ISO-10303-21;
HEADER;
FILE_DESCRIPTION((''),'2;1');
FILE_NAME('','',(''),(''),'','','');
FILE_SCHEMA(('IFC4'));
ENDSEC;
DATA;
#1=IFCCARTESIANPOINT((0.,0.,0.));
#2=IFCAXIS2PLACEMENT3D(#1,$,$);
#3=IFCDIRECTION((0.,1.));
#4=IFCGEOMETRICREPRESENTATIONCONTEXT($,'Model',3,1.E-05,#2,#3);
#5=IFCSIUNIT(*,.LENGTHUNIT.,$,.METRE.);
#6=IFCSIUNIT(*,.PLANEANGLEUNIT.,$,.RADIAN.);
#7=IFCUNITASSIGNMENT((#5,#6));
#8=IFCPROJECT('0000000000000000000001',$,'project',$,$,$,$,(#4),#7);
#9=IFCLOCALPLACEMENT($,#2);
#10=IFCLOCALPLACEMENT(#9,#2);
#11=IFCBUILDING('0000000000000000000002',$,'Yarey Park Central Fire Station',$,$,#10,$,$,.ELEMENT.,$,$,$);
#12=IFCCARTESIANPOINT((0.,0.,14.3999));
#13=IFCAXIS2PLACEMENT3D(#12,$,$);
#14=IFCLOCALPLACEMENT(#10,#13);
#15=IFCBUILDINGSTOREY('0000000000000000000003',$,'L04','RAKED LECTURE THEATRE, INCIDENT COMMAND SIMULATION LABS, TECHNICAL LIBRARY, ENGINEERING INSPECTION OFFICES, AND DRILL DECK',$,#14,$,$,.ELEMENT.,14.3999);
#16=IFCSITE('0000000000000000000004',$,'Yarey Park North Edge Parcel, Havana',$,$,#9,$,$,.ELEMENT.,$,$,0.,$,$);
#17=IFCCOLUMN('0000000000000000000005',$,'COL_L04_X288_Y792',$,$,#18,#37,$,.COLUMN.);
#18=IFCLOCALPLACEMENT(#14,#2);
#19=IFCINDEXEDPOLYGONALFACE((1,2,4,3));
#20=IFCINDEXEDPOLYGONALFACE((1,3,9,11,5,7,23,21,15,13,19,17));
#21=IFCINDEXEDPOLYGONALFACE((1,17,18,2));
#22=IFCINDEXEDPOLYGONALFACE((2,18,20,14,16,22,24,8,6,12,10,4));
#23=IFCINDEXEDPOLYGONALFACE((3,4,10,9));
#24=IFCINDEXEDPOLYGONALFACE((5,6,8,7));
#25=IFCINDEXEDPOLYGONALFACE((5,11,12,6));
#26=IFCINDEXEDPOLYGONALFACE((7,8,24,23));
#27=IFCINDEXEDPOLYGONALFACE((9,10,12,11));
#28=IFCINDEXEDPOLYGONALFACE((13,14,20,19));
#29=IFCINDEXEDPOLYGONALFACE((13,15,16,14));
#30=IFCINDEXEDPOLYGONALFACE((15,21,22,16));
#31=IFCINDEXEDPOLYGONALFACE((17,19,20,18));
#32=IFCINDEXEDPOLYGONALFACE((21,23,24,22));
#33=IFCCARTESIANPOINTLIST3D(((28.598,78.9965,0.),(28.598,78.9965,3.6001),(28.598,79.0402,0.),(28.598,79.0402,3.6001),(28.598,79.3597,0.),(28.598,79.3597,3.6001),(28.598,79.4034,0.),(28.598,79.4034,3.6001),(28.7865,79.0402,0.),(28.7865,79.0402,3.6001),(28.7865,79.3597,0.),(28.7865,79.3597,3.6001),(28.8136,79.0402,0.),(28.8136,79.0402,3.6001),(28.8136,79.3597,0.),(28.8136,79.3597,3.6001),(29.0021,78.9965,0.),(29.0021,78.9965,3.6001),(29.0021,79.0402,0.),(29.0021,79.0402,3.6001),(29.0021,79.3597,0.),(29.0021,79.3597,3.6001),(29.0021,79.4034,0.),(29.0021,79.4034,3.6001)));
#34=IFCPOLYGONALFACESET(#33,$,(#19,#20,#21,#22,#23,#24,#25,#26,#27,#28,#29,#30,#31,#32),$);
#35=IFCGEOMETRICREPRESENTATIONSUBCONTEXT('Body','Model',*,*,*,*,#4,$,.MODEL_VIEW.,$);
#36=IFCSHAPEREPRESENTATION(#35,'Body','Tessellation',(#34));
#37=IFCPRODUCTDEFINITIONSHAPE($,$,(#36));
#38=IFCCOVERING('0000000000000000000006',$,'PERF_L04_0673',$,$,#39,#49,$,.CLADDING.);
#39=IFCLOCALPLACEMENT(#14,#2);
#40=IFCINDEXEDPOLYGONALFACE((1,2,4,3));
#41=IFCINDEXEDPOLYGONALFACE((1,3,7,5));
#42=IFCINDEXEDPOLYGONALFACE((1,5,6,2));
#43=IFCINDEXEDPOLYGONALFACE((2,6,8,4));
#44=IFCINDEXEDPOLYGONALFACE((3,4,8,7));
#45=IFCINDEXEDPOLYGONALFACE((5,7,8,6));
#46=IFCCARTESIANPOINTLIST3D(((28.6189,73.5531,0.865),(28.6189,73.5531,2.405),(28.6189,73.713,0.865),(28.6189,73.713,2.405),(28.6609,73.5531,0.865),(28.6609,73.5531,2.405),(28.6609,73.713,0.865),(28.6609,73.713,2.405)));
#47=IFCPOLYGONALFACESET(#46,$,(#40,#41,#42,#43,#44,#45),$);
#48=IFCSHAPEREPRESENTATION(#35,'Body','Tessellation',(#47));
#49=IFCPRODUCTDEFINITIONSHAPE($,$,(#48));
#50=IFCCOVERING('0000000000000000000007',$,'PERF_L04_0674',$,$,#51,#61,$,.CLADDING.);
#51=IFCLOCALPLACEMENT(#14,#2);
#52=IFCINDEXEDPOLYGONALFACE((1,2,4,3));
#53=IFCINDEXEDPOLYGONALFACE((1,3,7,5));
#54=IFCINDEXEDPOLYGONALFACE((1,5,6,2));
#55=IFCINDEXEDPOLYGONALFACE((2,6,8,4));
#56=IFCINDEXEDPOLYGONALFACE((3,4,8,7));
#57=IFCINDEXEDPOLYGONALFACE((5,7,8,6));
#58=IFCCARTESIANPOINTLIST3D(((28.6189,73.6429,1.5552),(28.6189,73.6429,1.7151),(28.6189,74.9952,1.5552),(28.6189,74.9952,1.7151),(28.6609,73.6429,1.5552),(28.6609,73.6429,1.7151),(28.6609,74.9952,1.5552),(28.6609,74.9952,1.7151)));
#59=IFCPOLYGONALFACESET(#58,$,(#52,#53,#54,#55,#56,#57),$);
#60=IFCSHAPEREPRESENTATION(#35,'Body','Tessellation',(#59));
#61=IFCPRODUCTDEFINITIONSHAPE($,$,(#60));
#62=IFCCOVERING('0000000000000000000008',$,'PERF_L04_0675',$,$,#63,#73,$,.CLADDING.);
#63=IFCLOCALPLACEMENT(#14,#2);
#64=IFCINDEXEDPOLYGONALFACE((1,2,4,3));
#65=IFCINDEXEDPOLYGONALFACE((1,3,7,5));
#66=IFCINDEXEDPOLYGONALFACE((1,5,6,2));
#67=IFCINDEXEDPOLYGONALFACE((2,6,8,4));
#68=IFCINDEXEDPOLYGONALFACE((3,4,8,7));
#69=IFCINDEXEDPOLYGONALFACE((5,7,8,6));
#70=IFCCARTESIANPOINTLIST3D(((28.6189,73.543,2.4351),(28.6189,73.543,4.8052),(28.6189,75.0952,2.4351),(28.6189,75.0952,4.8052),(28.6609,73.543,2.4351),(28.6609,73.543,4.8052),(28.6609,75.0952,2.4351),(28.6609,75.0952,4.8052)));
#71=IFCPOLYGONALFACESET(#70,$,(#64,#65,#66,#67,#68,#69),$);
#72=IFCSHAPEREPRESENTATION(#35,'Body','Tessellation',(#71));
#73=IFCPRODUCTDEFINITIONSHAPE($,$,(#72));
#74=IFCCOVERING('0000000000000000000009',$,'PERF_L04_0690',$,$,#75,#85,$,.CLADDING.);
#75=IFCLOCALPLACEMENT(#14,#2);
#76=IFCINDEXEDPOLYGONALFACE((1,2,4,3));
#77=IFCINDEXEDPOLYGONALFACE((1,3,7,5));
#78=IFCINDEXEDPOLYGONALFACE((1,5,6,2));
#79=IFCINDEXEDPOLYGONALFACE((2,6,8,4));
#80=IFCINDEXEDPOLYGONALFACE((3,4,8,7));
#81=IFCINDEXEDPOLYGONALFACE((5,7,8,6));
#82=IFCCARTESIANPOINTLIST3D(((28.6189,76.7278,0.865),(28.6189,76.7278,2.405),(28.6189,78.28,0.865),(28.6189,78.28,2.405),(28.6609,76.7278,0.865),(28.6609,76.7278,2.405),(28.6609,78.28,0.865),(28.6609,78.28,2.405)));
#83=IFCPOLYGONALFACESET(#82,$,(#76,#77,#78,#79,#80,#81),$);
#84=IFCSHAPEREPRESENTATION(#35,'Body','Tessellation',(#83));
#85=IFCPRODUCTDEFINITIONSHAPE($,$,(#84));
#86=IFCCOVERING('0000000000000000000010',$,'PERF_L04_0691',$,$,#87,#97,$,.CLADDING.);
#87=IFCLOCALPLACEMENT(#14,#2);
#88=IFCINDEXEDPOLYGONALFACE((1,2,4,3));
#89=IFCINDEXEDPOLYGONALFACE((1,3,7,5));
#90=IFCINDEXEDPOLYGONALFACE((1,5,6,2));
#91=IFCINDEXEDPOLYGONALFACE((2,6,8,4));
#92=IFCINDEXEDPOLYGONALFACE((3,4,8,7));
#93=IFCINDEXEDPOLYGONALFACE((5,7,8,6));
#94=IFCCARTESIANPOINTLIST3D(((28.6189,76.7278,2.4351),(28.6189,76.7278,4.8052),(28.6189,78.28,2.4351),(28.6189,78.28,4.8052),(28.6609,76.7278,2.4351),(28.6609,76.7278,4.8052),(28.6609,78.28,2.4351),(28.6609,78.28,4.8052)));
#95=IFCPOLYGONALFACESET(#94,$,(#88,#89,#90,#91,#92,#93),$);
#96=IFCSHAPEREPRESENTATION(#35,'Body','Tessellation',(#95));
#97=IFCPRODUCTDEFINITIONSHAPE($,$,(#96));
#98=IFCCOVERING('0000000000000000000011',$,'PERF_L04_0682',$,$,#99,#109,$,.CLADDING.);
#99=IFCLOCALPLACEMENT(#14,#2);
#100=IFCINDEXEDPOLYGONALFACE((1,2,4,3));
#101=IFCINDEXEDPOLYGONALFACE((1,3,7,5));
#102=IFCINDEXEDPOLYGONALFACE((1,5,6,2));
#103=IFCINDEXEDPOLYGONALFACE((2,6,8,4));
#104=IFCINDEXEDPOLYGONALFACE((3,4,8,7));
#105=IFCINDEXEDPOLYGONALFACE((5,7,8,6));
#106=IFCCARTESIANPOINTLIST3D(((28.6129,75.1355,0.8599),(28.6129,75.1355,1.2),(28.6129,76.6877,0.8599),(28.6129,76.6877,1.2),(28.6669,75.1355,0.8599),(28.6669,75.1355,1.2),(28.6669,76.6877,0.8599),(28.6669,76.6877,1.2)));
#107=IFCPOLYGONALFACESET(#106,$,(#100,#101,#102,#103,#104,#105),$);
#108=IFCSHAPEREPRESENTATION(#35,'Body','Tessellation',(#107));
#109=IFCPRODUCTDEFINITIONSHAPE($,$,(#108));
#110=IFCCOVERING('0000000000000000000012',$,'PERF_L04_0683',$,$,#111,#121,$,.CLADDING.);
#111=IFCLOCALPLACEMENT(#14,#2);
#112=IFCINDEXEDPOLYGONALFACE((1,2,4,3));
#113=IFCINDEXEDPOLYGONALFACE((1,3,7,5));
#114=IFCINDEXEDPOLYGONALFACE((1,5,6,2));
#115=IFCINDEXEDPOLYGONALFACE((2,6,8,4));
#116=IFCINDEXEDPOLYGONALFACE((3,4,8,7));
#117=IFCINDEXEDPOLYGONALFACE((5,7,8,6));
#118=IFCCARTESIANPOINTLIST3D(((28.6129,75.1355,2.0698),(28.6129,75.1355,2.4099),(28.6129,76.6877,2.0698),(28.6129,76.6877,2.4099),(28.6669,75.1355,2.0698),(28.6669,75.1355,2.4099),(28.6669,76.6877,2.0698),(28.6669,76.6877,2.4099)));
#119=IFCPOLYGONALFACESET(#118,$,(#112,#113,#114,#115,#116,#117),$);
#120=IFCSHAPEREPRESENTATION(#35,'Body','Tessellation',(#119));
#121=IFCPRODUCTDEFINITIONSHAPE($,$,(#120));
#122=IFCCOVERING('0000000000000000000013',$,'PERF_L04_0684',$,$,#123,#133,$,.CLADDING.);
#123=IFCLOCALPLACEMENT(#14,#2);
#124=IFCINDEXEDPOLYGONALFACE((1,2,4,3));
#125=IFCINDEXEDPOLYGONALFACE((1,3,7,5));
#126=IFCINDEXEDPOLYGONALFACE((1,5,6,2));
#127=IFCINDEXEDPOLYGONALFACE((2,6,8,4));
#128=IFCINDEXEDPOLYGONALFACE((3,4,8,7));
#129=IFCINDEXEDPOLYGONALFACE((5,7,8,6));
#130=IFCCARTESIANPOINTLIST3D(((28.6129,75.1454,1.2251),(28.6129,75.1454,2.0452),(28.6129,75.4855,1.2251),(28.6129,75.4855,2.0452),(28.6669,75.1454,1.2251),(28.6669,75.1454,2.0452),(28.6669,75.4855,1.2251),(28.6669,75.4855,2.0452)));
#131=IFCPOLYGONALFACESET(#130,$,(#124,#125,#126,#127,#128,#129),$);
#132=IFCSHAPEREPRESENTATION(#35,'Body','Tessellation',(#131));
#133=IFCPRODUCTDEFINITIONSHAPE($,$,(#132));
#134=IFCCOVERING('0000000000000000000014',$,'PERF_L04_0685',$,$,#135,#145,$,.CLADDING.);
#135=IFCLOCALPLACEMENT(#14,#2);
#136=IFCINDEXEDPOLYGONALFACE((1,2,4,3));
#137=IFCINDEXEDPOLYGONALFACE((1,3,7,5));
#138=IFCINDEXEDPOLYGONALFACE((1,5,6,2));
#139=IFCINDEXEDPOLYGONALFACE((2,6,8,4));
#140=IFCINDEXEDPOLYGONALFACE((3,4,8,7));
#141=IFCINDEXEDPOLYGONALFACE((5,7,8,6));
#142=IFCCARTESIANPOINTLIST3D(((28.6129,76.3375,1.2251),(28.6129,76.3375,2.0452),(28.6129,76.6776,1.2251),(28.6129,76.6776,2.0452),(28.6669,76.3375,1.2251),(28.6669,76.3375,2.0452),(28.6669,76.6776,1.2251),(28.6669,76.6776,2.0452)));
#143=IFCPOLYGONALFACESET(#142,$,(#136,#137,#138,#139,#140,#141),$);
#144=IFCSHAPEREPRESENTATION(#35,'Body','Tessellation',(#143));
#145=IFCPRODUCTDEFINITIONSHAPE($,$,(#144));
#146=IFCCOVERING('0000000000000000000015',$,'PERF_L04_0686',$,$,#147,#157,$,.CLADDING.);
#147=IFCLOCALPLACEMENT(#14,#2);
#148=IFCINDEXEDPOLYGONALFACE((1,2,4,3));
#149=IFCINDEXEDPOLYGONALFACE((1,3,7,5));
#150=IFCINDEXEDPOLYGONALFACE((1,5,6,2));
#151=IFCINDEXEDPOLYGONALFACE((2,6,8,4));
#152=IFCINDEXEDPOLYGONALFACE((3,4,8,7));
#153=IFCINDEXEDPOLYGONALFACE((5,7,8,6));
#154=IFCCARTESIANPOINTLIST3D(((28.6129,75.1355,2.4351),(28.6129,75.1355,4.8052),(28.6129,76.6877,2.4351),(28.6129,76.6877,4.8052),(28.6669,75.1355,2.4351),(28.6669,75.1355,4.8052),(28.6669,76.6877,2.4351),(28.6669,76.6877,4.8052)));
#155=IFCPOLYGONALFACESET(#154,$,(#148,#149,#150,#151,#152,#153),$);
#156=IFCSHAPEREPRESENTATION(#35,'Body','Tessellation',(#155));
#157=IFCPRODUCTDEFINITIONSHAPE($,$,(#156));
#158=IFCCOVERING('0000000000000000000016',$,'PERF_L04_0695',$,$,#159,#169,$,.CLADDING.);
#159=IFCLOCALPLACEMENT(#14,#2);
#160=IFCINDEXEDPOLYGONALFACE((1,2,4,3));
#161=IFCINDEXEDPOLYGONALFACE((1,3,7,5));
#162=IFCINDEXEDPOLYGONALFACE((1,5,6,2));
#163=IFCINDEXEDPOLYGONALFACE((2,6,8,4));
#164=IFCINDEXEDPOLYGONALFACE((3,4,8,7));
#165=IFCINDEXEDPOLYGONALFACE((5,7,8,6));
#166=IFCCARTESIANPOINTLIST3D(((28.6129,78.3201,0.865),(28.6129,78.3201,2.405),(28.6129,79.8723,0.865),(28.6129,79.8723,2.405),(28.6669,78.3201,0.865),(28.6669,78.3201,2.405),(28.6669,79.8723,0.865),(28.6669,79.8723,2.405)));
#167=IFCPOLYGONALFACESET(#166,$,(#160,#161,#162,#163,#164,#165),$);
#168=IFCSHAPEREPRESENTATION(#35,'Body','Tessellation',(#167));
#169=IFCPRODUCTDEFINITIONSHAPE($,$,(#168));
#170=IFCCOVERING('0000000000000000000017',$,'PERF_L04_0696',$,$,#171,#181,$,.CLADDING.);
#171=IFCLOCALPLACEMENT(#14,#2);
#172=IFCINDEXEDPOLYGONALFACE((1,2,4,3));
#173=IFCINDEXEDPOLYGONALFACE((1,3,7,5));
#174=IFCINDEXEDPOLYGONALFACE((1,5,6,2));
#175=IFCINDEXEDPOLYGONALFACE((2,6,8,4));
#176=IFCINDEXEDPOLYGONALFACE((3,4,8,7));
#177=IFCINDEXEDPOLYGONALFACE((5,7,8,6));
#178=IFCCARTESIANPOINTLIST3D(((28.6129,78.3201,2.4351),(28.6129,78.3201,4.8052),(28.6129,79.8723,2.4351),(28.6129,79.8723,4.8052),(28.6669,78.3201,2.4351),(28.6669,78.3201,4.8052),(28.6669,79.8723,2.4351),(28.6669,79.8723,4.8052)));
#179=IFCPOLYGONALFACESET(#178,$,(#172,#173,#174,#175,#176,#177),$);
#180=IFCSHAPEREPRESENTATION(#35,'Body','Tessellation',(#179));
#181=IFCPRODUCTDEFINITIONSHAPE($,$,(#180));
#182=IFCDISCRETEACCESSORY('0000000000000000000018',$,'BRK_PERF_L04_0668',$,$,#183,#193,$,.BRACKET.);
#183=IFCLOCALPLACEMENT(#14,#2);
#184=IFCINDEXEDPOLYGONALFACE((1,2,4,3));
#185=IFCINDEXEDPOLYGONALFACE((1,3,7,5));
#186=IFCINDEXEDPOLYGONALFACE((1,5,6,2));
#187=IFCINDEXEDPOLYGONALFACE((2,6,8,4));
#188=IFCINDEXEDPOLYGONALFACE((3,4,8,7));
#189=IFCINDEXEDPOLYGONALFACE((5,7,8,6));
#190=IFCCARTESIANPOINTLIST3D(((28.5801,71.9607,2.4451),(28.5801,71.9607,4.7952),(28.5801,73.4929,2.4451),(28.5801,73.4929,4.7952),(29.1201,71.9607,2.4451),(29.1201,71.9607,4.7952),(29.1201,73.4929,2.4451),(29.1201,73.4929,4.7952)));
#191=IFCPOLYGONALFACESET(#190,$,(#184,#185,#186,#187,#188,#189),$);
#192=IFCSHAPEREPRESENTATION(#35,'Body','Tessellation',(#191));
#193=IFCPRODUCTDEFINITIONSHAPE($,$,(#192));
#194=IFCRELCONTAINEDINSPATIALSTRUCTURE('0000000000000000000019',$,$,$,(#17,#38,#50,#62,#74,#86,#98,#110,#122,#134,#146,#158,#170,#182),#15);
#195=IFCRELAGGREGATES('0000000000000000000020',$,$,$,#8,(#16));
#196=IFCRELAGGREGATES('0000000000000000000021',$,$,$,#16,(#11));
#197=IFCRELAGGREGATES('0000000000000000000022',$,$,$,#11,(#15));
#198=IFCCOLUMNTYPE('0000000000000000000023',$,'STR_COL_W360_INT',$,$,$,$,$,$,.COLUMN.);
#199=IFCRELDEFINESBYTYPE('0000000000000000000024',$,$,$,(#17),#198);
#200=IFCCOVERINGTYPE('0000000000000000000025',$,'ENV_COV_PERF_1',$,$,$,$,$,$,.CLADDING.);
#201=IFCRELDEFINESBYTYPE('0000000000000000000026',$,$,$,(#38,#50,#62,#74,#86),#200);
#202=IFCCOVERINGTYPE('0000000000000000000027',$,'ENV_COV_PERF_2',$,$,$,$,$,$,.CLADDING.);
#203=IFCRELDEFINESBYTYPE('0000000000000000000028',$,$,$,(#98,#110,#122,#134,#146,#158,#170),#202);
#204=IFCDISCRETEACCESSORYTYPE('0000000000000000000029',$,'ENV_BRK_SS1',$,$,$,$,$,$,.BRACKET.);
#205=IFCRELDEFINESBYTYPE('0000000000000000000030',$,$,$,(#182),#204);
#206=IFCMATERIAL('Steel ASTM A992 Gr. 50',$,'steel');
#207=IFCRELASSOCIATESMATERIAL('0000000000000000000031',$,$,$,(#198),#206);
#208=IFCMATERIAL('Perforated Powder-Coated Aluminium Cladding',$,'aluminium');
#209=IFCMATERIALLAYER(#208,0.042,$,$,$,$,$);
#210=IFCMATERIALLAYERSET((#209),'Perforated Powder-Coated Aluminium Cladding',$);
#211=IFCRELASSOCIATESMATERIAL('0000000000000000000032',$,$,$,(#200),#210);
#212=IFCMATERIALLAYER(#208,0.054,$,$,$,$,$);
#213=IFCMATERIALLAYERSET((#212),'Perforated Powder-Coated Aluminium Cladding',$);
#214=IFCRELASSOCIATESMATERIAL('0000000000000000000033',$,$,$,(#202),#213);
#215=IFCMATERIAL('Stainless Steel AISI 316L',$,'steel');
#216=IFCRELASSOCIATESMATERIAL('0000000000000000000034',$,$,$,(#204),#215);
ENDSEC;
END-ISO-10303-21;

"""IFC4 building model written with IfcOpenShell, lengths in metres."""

from ifc_helpers import new_model, si_unit, direction, frame, origin, origin_2d, place, context, subcontext, project, spatial, rectangle, i_section, extrude, material, layer, layer_set, material_profile, profile_set, type_object, element, save


model = new_model("IFC4")

# Units and contexts
model_context = context("Model", 3, precision=1e-05, world=origin(), true_north=direction((0.0, 1.0)))
body_context = subcontext(model_context, "Body", "Model", "MODEL_VIEW")
ifc_project = project(units=[si_unit("LENGTHUNIT", "METRE"), si_unit("PLANEANGLEUNIT", "RADIAN")], contexts=[model_context])

# Site, building, storey
site_placement = place(None, origin())
site = spatial("IfcSite", under=ifc_project, at=site_placement, Name="Yarey Park North Edge Parcel, Havana", CompositionType="ELEMENT", RefElevation=0.0)
building_placement = place(site_placement, origin())
building = spatial("IfcBuilding", under=site, at=building_placement, Name="Yarey Park Central Fire Station", CompositionType="ELEMENT")
storey_placement = place(building_placement, frame((0.0, 0.0, 14.3999)))
storey = spatial("IfcBuildingStorey", under=building, at=storey_placement, Name="L04", Description="RAKED LECTURE THEATRE, INCIDENT COMMAND SIMULATION LABS, TECHNICAL LIBRARY, ENGINEERING INSPECTION OFFICES, AND DRILL DECK", CompositionType="ELEMENT", Elevation=14.3999)

# Column
ifc_material_1 = material(Name="Steel ASTM A992 Gr. 50", Category="steel")
ifc_material_profile = material_profile(ifc_material_1, i_section(OverallWidth=0.4041, OverallDepth=0.407, WebThickness=0.0271, FlangeThickness=0.0437, at=origin_2d()), Name="W360x347")
ifc_profile_set = profile_set([ifc_material_profile], Name="Steel ASTM A992 Gr. 50")
column_type = type_object("IfcColumnType", Name="STR_COL_W360_INT", PredefinedType="COLUMN", material=ifc_profile_set)
column_placement = place(storey_placement, frame((28.8, 79.2, 0.0), z_axis=(0.0, 0.0, 1.0), x_axis=(1.0, 0.0, 0.0)))
element("IfcColumn", 1, at=column_placement, inside=storey, type_object=column_type, Name="COL_L04_X288_Y792", PredefinedType="COLUMN", context=body_context, shape_type="SweptSolid", body=[
    extrude(i_section(OverallWidth=0.4041, OverallDepth=0.407, WebThickness=0.0271, FlangeThickness=0.0437, at=origin_2d()), origin(), (0.0, 0.0, 1.0), 3.6001),
])

# Coverings
ifc_material_2 = material(Name="Perforated Powder-Coated Aluminium Cladding", Category="aluminium")
ifc_layer_1 = layer(ifc_material_2, 0.042)
ifc_layer_set_1 = layer_set([ifc_layer_1], Name="Perforated Powder-Coated Aluminium Cladding")
covering_type_1 = type_object("IfcCoveringType", Name="ENV_COV_PERF_1", PredefinedType="CLADDING", material=ifc_layer_set_1)
covering_1_placement = place(storey_placement, frame((28.6399, 73.6331, 0.865), z_axis=(0.0, 0.0, 1.0), x_axis=(0.0, 1.0, 0.0)))
element("IfcCovering", 2, at=covering_1_placement, inside=storey, type_object=covering_type_1, Name="PERF_L04_0673", PredefinedType="CLADDING", context=body_context, shape_type="SweptSolid", body=[
    extrude(rectangle(XDim=0.1599, YDim=0.042, at=origin_2d()), origin(), (0.0, 0.0, 1.0), 1.54),
])
covering_2_placement = place(storey_placement, frame((28.6399, 74.3191, 1.5552), z_axis=(0.0, 0.0, 1.0), x_axis=(0.0, 1.0, 0.0)))
element("IfcCovering", 3, at=covering_2_placement, inside=storey, type_object=covering_type_1, Name="PERF_L04_0674", PredefinedType="CLADDING", context=body_context, shape_type="SweptSolid", body=[
    extrude(rectangle(XDim=1.3523, YDim=0.042, at=origin_2d()), origin(), (0.0, 0.0, 1.0), 0.1599),
])
covering_3_placement = place(storey_placement, frame((28.6399, 74.3191, 2.4351), z_axis=(0.0, 0.0, 1.0), x_axis=(0.0, 1.0, 0.0)))
element("IfcCovering", 4, at=covering_3_placement, inside=storey, type_object=covering_type_1, Name="PERF_L04_0675", PredefinedType="CLADDING", context=body_context, shape_type="SweptSolid", body=[
    extrude(rectangle(XDim=1.5522, YDim=0.042, at=origin_2d()), origin(), (0.0, 0.0, 1.0), 2.3701),
])
covering_4_placement = place(storey_placement, frame((28.6399, 77.5039, 0.865), z_axis=(0.0, 0.0, 1.0), x_axis=(0.0, 1.0, 0.0)))
element("IfcCovering", 5, at=covering_4_placement, inside=storey, type_object=covering_type_1, Name="PERF_L04_0690", PredefinedType="CLADDING", context=body_context, shape_type="SweptSolid", body=[
    extrude(rectangle(XDim=1.5522, YDim=0.042, at=origin_2d()), origin(), (0.0, 0.0, 1.0), 1.54),
])
covering_5_placement = place(storey_placement, frame((28.6399, 77.5039, 2.4351), z_axis=(0.0, 0.0, 1.0), x_axis=(0.0, 1.0, 0.0)))
element("IfcCovering", 6, at=covering_5_placement, inside=storey, type_object=covering_type_1, Name="PERF_L04_0691", PredefinedType="CLADDING", context=body_context, shape_type="SweptSolid", body=[
    extrude(rectangle(XDim=1.5522, YDim=0.042, at=origin_2d()), origin(), (0.0, 0.0, 1.0), 2.3701),
])
ifc_layer_2 = layer(ifc_material_2, 0.054)
ifc_layer_set_2 = layer_set([ifc_layer_2], Name="Perforated Powder-Coated Aluminium Cladding")
covering_type_2 = type_object("IfcCoveringType", Name="ENV_COV_PERF_2", PredefinedType="CLADDING", material=ifc_layer_set_2)
for number, where, z_axis, x_axis, name in (
    (7, (28.6399, 75.9116, 0.8599), (0.0, 0.0, 1.0), (0.0, 1.0, 0.0), "PERF_L04_0682"),
    (8, (28.6399, 75.9116, 2.0698), (0.0, 0.0, 1.0), (0.0, 1.0, 0.0), "PERF_L04_0683"),
):
    element("IfcCovering", number, at=place(storey_placement, frame(where, z_axis=z_axis, x_axis=x_axis)), inside=storey, type_object=covering_type_2, Name=name, PredefinedType="CLADDING", context=body_context, shape_type="SweptSolid", body=[
        extrude(rectangle(XDim=1.5522, YDim=0.054, at=origin_2d()), origin(), (0.0, 0.0, 1.0), 0.3401),
    ])
for number, where, z_axis, x_axis, name in (
    (9, (28.6399, 75.3154, 1.2251), (0.0, 0.0, 1.0), (0.0, 1.0, 0.0), "PERF_L04_0684"),
    (10, (28.6399, 76.5076, 1.2251), (0.0, 0.0, 1.0), (0.0, 1.0, 0.0), "PERF_L04_0685"),
):
    element("IfcCovering", number, at=place(storey_placement, frame(where, z_axis=z_axis, x_axis=x_axis)), inside=storey, type_object=covering_type_2, Name=name, PredefinedType="CLADDING", context=body_context, shape_type="SweptSolid", body=[
        extrude(rectangle(XDim=0.3401, YDim=0.054, at=origin_2d()), origin(), (0.0, 0.0, 1.0), 0.8201),
    ])
covering_6_placement = place(storey_placement, frame((28.6399, 75.9116, 2.4351), z_axis=(0.0, 0.0, 1.0), x_axis=(0.0, 1.0, 0.0)))
element("IfcCovering", 11, at=covering_6_placement, inside=storey, type_object=covering_type_2, Name="PERF_L04_0686", PredefinedType="CLADDING", context=body_context, shape_type="SweptSolid", body=[
    extrude(rectangle(XDim=1.5522, YDim=0.054, at=origin_2d()), origin(), (0.0, 0.0, 1.0), 2.3701),
])
covering_7_placement = place(storey_placement, frame((28.6399, 79.0962, 0.865), z_axis=(0.0, 0.0, 1.0), x_axis=(0.0, 1.0, 0.0)))
element("IfcCovering", 12, at=covering_7_placement, inside=storey, type_object=covering_type_2, Name="PERF_L04_0695", PredefinedType="CLADDING", context=body_context, shape_type="SweptSolid", body=[
    extrude(rectangle(XDim=1.5522, YDim=0.054, at=origin_2d()), origin(), (0.0, 0.0, 1.0), 1.54),
])
covering_8_placement = place(storey_placement, frame((28.6399, 79.0962, 2.4351), z_axis=(0.0, 0.0, 1.0), x_axis=(0.0, 1.0, 0.0)))
element("IfcCovering", 13, at=covering_8_placement, inside=storey, type_object=covering_type_2, Name="PERF_L04_0696", PredefinedType="CLADDING", context=body_context, shape_type="SweptSolid", body=[
    extrude(rectangle(XDim=1.5522, YDim=0.054, at=origin_2d()), origin(), (0.0, 0.0, 1.0), 2.3701),
])

# Discrete accessory
ifc_material_3 = material(Name="Stainless Steel AISI 316L", Category="steel")
discrete_accessory_type = type_object("IfcDiscreteAccessoryType", Name="ENV_BRK_SS1", PredefinedType="BRACKET", material=ifc_material_3)
discrete_accessory_1_placement = place(storey_placement, frame((28.8501, 72.7268, 2.4451), z_axis=(0.0, 0.0, 1.0), x_axis=(1.0, 0.0, 0.0)))
element("IfcDiscreteAccessory", 14, at=discrete_accessory_1_placement, inside=storey, type_object=discrete_accessory_type, Name="BRK_PERF_L04_0668", PredefinedType="BRACKET", context=body_context, shape_type="SweptSolid", body=[
    extrude(rectangle(XDim=0.54, YDim=1.5322, at=origin_2d()), origin(), (0.0, 0.0, 1.0), 2.3501),
])

save(model, "model.ifc")
